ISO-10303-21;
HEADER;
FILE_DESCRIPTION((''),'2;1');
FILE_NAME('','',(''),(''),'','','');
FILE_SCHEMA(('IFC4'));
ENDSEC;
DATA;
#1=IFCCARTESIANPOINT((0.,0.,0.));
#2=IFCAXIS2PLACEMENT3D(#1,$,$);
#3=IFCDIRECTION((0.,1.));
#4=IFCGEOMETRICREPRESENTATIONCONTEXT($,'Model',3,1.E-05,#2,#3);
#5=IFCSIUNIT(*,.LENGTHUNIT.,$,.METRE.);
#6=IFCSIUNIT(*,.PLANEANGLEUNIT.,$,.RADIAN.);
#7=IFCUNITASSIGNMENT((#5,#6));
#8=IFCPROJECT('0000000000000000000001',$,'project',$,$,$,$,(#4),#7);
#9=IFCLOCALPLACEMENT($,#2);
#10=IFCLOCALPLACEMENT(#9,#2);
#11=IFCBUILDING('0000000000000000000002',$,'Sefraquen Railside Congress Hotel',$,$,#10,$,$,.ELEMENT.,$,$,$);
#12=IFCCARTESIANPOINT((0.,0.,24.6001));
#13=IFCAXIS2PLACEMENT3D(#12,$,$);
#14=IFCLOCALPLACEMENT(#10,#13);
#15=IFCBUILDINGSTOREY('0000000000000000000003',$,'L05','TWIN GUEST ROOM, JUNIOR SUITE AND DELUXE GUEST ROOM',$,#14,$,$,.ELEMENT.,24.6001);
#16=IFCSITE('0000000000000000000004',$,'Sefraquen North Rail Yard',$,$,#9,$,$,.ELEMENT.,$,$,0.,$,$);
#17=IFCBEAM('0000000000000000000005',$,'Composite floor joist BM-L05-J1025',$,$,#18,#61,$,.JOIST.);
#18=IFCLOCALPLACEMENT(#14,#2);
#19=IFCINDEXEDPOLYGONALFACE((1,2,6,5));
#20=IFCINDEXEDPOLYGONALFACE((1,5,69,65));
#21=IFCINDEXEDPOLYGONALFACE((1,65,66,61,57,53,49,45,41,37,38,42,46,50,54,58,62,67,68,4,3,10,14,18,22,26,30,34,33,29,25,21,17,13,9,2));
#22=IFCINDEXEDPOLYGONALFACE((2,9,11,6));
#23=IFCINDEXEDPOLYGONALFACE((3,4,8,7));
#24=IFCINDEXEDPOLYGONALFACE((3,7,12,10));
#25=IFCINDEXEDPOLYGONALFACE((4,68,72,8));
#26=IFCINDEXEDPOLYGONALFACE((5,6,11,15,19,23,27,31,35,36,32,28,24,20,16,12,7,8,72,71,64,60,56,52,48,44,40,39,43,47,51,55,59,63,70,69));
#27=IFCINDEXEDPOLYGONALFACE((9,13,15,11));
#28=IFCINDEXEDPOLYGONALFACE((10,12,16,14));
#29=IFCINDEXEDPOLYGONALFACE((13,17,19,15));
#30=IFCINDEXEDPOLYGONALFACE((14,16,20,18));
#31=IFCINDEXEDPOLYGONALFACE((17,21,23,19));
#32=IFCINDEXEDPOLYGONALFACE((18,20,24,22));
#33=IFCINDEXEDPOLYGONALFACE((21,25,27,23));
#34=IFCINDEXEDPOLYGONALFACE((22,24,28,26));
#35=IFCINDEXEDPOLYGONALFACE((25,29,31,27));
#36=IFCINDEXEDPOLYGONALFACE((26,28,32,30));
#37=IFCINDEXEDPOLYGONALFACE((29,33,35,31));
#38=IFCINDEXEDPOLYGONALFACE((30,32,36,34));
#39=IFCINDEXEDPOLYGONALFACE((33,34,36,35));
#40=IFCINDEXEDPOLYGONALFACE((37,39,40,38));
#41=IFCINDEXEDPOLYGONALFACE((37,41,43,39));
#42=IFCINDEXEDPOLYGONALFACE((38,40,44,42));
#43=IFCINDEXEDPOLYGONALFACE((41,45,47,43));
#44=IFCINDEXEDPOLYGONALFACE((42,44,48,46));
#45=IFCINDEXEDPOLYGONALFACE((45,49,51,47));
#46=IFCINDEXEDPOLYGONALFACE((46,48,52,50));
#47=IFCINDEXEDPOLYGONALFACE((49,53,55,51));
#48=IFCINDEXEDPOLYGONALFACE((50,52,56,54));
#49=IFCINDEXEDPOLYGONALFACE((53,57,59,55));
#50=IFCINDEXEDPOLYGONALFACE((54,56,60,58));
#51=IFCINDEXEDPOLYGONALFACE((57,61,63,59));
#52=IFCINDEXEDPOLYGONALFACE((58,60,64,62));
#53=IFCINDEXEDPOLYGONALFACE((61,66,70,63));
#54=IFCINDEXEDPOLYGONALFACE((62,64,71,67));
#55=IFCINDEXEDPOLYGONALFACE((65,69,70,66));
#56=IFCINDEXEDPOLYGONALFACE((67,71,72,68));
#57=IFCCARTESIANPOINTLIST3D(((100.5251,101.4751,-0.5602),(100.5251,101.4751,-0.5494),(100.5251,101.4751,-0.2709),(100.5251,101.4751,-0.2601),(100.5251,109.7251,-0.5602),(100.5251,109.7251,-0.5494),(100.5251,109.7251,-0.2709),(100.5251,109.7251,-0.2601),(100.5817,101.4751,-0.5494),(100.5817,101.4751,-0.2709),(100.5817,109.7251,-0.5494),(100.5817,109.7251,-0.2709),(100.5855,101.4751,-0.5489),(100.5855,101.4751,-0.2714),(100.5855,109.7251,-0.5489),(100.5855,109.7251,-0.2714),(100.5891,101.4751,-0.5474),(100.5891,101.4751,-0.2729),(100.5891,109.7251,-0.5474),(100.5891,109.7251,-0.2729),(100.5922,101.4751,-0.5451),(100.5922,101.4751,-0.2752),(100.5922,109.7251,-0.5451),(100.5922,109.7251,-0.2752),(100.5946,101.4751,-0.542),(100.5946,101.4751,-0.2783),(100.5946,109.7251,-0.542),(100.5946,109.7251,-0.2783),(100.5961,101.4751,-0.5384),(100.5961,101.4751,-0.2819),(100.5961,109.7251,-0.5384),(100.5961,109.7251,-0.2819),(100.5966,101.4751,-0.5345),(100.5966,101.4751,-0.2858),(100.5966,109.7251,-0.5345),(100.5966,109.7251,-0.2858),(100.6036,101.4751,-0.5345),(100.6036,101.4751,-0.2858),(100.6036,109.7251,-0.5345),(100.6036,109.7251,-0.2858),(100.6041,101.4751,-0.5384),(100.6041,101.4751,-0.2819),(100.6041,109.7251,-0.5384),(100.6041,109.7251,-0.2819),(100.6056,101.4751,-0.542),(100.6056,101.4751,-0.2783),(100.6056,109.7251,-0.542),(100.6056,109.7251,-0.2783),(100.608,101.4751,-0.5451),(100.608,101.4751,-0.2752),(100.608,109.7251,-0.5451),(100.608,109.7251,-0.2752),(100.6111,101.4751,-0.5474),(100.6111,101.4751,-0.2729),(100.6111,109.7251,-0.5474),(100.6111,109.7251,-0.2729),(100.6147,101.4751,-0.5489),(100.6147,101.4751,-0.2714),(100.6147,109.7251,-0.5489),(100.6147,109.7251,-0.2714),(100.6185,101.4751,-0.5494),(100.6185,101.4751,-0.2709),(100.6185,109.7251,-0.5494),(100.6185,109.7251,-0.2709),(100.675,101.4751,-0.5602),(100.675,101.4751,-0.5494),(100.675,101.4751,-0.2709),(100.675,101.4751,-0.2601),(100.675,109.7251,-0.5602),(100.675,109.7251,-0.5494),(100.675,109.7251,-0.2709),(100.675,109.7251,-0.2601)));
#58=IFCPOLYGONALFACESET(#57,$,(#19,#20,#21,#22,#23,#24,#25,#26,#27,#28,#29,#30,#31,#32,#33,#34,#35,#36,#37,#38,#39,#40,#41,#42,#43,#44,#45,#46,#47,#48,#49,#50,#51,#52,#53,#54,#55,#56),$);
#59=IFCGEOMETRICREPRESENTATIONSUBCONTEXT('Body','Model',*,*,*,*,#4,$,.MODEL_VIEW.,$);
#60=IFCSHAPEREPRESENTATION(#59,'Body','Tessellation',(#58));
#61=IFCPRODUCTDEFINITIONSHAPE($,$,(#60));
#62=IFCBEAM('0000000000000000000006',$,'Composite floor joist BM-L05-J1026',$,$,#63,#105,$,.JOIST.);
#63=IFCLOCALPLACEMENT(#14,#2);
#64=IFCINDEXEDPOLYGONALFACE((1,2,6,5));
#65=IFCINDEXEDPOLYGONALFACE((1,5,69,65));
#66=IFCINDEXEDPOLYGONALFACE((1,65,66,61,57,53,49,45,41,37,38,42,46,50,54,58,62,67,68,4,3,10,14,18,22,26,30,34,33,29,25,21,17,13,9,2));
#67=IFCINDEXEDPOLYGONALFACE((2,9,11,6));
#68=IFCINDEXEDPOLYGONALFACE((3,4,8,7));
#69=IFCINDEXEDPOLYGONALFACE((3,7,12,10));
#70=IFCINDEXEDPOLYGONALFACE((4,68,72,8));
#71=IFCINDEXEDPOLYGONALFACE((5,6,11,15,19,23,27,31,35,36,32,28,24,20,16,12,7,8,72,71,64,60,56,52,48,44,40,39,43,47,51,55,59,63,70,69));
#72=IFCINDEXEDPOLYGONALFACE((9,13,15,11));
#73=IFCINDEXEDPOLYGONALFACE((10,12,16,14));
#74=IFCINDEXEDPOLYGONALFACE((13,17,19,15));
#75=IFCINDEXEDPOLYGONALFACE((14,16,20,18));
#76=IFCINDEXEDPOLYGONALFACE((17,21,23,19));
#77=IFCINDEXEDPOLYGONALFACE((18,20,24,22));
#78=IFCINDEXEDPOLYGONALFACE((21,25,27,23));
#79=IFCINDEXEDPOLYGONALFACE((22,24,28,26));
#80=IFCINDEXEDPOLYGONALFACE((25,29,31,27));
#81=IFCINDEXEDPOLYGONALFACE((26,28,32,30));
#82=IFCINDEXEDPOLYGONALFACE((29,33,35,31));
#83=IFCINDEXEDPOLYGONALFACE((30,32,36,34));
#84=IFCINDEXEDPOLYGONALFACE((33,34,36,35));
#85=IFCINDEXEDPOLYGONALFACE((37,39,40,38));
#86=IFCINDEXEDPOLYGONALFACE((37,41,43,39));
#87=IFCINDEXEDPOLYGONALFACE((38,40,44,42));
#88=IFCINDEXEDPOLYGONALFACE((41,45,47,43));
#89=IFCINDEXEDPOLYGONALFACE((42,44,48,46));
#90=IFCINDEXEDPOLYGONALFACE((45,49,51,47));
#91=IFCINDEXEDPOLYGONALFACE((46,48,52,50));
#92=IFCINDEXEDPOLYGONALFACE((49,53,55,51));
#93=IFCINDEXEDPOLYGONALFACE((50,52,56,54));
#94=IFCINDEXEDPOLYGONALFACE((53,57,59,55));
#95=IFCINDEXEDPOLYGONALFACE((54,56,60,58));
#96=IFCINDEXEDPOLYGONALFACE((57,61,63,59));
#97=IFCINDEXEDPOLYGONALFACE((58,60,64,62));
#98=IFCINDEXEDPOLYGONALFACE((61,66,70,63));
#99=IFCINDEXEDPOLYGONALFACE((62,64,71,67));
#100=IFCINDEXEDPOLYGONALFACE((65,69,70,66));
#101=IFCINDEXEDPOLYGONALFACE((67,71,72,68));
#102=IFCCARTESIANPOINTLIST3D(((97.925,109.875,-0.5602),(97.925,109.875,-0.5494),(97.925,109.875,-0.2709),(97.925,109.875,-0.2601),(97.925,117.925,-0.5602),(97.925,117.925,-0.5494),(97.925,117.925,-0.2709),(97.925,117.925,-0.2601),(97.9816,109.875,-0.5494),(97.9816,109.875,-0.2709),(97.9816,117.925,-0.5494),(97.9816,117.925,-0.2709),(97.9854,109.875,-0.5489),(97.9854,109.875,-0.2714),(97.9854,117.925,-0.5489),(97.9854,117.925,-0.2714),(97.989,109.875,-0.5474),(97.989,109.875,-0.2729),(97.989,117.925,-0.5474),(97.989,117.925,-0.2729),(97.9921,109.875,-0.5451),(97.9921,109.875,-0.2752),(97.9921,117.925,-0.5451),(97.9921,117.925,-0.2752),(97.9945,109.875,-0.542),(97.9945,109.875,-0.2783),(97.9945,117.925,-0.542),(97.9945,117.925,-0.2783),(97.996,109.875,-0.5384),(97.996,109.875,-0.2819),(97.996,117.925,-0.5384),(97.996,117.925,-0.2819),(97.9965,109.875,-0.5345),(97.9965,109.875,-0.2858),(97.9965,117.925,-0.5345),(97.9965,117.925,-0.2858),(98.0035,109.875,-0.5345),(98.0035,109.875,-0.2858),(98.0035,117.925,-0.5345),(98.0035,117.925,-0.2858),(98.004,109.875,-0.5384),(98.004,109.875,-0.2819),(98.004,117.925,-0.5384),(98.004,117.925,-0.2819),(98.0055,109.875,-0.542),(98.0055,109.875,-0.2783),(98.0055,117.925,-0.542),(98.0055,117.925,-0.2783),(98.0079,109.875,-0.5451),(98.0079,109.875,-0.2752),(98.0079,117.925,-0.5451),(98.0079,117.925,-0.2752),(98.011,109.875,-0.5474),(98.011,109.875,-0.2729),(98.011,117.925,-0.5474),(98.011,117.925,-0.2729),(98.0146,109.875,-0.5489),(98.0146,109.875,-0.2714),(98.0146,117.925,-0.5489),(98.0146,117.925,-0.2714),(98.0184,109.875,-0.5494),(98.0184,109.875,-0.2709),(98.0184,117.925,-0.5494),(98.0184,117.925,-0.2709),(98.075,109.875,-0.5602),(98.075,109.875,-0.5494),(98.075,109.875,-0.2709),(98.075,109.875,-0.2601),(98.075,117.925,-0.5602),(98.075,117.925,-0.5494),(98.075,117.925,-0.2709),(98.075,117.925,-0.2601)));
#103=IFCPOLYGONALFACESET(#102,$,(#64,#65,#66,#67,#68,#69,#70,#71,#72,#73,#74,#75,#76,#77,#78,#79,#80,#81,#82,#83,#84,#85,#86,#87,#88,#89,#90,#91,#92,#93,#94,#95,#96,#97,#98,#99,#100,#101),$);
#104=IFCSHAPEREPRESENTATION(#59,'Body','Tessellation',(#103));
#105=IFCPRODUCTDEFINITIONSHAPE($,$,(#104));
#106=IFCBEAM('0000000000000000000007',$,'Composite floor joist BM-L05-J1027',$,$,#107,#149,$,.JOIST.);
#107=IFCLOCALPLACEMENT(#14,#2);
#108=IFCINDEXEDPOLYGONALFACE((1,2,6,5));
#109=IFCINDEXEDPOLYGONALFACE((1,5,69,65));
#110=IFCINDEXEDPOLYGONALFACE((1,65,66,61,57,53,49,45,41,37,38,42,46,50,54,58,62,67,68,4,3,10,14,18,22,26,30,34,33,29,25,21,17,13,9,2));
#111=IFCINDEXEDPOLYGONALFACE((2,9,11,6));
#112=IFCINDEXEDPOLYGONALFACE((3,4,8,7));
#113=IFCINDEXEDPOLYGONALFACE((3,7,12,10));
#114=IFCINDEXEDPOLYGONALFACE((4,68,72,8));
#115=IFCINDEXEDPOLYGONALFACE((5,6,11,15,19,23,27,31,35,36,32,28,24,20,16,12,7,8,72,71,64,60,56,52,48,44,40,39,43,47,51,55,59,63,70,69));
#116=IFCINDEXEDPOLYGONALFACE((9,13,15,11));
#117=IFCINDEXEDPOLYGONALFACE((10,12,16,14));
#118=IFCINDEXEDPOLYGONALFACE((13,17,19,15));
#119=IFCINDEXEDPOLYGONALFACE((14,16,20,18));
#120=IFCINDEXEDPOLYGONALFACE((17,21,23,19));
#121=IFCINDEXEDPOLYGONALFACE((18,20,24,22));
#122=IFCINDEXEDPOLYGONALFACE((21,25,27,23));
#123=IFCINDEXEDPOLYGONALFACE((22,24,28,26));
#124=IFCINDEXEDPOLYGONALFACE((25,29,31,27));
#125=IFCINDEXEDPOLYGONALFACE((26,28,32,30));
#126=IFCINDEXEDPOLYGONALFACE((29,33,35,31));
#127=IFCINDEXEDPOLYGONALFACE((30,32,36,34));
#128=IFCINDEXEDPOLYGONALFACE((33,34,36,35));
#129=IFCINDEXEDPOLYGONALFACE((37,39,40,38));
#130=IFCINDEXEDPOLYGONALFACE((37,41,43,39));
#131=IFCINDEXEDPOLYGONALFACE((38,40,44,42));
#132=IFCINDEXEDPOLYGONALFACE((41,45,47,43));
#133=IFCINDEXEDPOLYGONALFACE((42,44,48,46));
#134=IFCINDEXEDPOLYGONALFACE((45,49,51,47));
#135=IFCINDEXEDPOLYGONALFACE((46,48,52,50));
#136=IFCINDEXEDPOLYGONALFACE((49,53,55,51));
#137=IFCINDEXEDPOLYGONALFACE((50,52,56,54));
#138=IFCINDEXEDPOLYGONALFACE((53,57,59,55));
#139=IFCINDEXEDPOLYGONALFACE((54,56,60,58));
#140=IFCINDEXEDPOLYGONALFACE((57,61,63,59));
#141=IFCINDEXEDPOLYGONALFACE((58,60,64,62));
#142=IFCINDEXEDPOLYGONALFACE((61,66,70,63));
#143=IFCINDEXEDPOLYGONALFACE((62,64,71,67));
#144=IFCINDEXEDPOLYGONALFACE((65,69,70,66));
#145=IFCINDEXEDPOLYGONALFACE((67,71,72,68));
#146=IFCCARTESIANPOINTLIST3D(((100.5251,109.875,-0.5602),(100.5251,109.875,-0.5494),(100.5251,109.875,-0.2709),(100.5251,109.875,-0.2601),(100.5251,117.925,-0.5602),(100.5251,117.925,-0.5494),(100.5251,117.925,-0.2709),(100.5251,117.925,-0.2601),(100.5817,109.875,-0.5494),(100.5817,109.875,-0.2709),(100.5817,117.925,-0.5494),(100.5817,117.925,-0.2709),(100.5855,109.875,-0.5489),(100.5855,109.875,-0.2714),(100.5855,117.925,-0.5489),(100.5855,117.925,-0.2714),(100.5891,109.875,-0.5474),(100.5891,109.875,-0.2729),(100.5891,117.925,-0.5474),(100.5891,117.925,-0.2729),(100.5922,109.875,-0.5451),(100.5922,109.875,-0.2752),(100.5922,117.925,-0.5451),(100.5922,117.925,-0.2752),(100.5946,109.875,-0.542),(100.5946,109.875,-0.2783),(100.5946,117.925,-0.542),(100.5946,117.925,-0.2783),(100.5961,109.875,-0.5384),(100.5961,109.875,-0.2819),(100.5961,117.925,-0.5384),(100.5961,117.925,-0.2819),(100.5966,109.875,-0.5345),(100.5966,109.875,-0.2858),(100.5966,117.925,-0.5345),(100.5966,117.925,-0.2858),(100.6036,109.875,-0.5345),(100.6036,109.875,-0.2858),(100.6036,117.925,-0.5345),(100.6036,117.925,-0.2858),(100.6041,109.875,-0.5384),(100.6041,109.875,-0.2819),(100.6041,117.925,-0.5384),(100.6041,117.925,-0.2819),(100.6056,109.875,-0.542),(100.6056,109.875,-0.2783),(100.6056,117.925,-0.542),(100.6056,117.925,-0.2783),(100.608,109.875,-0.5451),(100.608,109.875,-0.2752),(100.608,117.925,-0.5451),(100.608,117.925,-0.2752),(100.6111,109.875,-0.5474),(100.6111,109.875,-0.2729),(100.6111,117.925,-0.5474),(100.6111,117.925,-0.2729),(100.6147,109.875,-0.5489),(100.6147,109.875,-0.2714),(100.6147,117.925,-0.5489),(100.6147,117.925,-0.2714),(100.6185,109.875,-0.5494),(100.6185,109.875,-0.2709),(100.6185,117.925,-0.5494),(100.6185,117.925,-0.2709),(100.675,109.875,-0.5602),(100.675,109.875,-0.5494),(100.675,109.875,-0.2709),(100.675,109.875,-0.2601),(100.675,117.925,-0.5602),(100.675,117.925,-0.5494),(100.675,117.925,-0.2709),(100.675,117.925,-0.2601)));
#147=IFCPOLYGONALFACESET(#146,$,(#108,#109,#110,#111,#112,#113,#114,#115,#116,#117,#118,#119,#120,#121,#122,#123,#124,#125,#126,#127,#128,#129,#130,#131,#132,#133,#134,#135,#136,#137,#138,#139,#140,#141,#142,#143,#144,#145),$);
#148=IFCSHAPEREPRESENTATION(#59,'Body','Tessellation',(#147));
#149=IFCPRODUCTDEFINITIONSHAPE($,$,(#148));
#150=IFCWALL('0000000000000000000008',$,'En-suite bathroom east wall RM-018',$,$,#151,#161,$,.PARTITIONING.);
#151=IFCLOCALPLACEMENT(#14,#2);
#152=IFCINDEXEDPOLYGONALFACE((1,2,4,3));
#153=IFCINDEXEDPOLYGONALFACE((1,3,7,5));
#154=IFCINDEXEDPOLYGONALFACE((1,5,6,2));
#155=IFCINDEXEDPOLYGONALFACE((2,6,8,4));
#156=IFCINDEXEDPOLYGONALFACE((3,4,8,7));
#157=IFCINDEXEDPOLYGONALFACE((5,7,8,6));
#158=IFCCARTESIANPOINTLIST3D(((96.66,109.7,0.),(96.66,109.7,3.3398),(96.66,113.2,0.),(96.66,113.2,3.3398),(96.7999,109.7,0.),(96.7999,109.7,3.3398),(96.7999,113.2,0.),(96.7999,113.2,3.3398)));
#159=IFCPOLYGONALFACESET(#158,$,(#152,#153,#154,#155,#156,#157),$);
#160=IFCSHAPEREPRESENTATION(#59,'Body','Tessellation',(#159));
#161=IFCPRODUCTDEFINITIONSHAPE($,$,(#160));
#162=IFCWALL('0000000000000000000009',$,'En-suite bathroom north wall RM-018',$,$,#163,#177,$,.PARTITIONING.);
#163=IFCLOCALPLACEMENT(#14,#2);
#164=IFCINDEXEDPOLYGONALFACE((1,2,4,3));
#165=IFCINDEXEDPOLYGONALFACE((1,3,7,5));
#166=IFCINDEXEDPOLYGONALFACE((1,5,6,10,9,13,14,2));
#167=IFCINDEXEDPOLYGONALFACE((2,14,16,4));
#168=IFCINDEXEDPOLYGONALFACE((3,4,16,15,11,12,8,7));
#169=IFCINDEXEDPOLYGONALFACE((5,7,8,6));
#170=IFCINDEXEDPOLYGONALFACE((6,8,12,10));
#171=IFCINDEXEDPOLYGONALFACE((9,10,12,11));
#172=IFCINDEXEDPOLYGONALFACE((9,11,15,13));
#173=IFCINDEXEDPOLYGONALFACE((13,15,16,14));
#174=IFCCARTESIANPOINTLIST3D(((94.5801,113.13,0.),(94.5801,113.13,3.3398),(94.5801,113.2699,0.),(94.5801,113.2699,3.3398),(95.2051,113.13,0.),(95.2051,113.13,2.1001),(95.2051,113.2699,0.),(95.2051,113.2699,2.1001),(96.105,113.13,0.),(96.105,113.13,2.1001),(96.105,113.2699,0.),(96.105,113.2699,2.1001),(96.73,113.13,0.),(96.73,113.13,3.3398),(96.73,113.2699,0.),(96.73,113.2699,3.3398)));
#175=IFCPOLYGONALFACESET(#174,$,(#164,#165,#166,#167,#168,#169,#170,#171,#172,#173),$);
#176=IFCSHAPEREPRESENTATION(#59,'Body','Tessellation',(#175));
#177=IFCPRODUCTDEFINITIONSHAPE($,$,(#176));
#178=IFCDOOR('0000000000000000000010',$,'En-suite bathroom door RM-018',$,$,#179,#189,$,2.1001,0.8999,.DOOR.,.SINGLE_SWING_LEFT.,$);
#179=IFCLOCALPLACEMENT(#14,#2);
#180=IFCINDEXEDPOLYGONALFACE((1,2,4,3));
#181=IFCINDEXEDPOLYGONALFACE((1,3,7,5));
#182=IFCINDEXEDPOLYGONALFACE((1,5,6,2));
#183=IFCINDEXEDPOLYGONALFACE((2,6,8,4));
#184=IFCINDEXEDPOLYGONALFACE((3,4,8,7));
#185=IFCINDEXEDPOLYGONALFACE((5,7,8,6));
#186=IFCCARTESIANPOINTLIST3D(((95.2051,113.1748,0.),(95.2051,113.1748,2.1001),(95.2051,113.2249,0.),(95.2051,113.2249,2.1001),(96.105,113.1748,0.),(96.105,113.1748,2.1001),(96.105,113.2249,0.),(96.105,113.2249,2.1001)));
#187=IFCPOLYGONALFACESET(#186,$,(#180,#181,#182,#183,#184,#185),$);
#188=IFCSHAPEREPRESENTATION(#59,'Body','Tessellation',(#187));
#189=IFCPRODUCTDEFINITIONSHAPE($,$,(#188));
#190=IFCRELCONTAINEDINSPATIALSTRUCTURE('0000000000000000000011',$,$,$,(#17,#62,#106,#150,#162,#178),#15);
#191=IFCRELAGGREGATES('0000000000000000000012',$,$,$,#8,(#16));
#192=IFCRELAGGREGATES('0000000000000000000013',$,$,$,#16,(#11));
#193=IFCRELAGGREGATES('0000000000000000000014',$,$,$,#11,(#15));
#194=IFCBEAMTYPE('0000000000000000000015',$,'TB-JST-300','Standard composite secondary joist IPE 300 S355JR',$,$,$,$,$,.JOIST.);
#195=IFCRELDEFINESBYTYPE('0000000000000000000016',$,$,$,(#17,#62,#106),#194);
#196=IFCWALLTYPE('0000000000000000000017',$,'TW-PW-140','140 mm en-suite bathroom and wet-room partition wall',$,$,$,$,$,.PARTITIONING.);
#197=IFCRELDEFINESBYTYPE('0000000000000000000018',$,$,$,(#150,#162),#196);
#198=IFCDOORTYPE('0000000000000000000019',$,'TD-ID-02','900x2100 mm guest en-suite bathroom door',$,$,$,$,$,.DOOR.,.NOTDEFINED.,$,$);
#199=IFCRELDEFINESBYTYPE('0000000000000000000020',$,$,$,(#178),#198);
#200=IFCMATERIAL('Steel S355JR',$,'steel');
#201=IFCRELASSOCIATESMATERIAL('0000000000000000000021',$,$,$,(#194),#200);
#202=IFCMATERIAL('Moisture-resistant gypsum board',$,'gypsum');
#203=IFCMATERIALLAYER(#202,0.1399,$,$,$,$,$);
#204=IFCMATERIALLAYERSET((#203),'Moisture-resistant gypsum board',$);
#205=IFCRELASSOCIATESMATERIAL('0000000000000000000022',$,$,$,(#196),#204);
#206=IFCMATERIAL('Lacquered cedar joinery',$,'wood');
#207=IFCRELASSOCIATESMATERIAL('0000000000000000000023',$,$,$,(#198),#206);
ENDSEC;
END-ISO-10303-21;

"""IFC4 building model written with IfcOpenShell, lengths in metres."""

from ifc_helpers import new_model, si_unit, direction, frame, frame_2d, origin, origin_2d, place, context, subcontext, project, spatial, rectangle, i_section, extrude, material, layer, layer_set, material_profile, profile_set, type_object, element, fill, save


model = new_model("IFC4")

# Units and contexts
model_context = context("Model", 3, precision=1e-05, world=origin(), true_north=direction((0.0, 1.0)))
body_context = subcontext(model_context, "Body", "Model", "MODEL_VIEW")
ifc_project = project(units=[si_unit("LENGTHUNIT", "METRE"), si_unit("PLANEANGLEUNIT", "RADIAN")], contexts=[model_context])

# Site, building, storey
site_placement = place(None, origin())
site = spatial("IfcSite", under=ifc_project, at=site_placement, Name="Sefraquen North Rail Yard", CompositionType="ELEMENT", RefElevation=0.0)
building_placement = place(site_placement, origin())
building = spatial("IfcBuilding", under=site, at=building_placement, Name="Sefraquen Railside Congress Hotel", CompositionType="ELEMENT")
storey_placement = place(building_placement, frame((0.0, 0.0, 24.6001)))
storey = spatial("IfcBuildingStorey", under=building, at=storey_placement, Name="L05", Description="TWIN GUEST ROOM, JUNIOR SUITE AND DELUXE GUEST ROOM", CompositionType="ELEMENT", Elevation=24.6001)

# Shared definitions
ifc_material_1 = material(Name="Steel S355JR", Category="steel")

# Beams
ifc_material_profile_1 = material_profile(ifc_material_1, i_section(OverallWidth=0.1499, OverallDepth=0.3, WebThickness=0.0071, FlangeThickness=0.0107, FilletRadius=0.0149, at=origin_2d()), Name="IPE 300")
ifc_profile_set_1 = profile_set([ifc_material_profile_1], Name="Steel S355JR")
beam_type_1 = type_object("IfcBeamType", Name="TB-JST-300", Description="Standard composite secondary joist IPE 300 S355JR", PredefinedType="JOIST", material=ifc_profile_set_1)
for number, where, z_axis, x_axis, name in (
    (1, (100.6001, 101.4751, -0.4102), (0.0, 1.0, 0.0), (-1.0, 0.0, 0.0), "Composite floor joist BM-L05-J1025"),
):
    element("IfcBeam", number, at=place(storey_placement, frame(where, z_axis=z_axis, x_axis=x_axis)), inside=storey, type_object=beam_type_1, Name=name, PredefinedType="JOIST", context=body_context, shape_type="SweptSolid", body=[
        extrude(i_section(OverallWidth=0.1499, OverallDepth=0.3, WebThickness=0.0071, FlangeThickness=0.0107, FilletRadius=0.0149, at=origin_2d()), origin(), (0.0, 0.0, 1.0), 8.25),
    ])
for number, where, z_axis, x_axis, name in (
    (2, (98.0, 109.875, -0.4102), (0.0, 1.0, 0.0), (-1.0, 0.0, 0.0), "Composite floor joist BM-L05-J1026"),
    (3, (100.6001, 109.875, -0.4102), (0.0, 1.0, 0.0), (-1.0, 0.0, 0.0), "Composite floor joist BM-L05-J1027"),
):
    element("IfcBeam", number, at=place(storey_placement, frame(where, z_axis=z_axis, x_axis=x_axis)), inside=storey, type_object=beam_type_1, Name=name, PredefinedType="JOIST", context=body_context, shape_type="SweptSolid", body=[
        extrude(i_section(OverallWidth=0.1499, OverallDepth=0.3, WebThickness=0.0071, FlangeThickness=0.0107, FilletRadius=0.0149, at=origin_2d()), origin(), (0.0, 0.0, 1.0), 8.05),
    ])

# Wall
ifc_material_2 = material(Name="Moisture-resistant gypsum board", Category="gypsum")
ifc_layer_1 = layer(ifc_material_2, 0.1399)
ifc_layer_set_1 = layer_set([ifc_layer_1], Name="Moisture-resistant gypsum board")
wall_type_1 = type_object("IfcWallType", Name="TW-PW-140", Description="140 mm en-suite bathroom and wet-room partition wall", PredefinedType="PARTITIONING", material=ifc_layer_set_1)
wall_1_placement = place(storey_placement, frame((96.73, 109.7, 0.0), z_axis=(0.0, 0.0, 1.0), x_axis=(0.0, 1.0, 0.0)))
element("IfcWall", 4, at=wall_1_placement, inside=storey, type_object=wall_type_1, Name="En-suite bathroom east wall RM-018", PredefinedType="PARTITIONING", context=body_context, shape_type="SweptSolid", body=[
    extrude(rectangle(XDim=3.5, YDim=0.1399, at=frame_2d((1.75, 0.0))), origin(), (0.0, 0.0, 1.0), 3.3398),
])

# Wall, opening, door
wall_2_placement = place(storey_placement, frame((94.5801, 113.2, 0.0), z_axis=(0.0, 0.0, 1.0), x_axis=(1.0, 0.0, 0.0)))
wall_2 = element("IfcWall", 5, at=wall_2_placement, inside=storey, type_object=wall_type_1, Name="En-suite bathroom north wall RM-018", PredefinedType="PARTITIONING", context=body_context, shape_type="SweptSolid", body=[
    extrude(rectangle(XDim=2.1499, YDim=0.1399, at=frame_2d((1.075, 0.0))), origin(), (0.0, 0.0, 1.0), 3.3398),
])
opening_1_placement = place(wall_2_placement, frame((0.625, 0.0, 0.0)))
opening_1 = element("IfcOpeningElement", 6, at=opening_1_placement, cuts=wall_2, PredefinedType="OPENING", context=body_context, shape_type="SweptSolid", body=[
    extrude(rectangle(XDim=0.8999, YDim=2.1001, at=frame_2d((0.45, 1.05))), frame((0.0, 0.0798, 0.0), z_axis=(0.0, -1.0, 0.0), x_axis=(1.0, 0.0, 0.0)), (0.0, 0.0, 1.0), 0.1599),
])
ifc_material_3 = material(Name="Lacquered cedar joinery", Category="wood")
door_type = type_object("IfcDoorType", Name="TD-ID-02", Description="900x2100 mm guest en-suite bathroom door", OperationType="NOTDEFINED", PredefinedType="DOOR", material=ifc_material_3)
door_1_placement = place(opening_1_placement, origin())
door_1 = element("IfcDoor", 7, at=door_1_placement, inside=storey, type_object=door_type, Name="En-suite bathroom door RM-018", OperationType="SINGLE_SWING_LEFT", OverallHeight=2.1001, OverallWidth=0.8999, PredefinedType="DOOR", context=body_context, shape_type="SweptSolid", body=[
    extrude(rectangle(XDim=0.8999, YDim=2.1001, at=frame_2d((0.45, 1.05))), frame((0.0, 0.0249, 0.0), z_axis=(0.0, -1.0, 0.0), x_axis=(1.0, 0.0, 0.0)), (0.0, 0.0, 1.0), 0.05),
])
fill(opening_1, door_1)

save(model, "model.ifc")
